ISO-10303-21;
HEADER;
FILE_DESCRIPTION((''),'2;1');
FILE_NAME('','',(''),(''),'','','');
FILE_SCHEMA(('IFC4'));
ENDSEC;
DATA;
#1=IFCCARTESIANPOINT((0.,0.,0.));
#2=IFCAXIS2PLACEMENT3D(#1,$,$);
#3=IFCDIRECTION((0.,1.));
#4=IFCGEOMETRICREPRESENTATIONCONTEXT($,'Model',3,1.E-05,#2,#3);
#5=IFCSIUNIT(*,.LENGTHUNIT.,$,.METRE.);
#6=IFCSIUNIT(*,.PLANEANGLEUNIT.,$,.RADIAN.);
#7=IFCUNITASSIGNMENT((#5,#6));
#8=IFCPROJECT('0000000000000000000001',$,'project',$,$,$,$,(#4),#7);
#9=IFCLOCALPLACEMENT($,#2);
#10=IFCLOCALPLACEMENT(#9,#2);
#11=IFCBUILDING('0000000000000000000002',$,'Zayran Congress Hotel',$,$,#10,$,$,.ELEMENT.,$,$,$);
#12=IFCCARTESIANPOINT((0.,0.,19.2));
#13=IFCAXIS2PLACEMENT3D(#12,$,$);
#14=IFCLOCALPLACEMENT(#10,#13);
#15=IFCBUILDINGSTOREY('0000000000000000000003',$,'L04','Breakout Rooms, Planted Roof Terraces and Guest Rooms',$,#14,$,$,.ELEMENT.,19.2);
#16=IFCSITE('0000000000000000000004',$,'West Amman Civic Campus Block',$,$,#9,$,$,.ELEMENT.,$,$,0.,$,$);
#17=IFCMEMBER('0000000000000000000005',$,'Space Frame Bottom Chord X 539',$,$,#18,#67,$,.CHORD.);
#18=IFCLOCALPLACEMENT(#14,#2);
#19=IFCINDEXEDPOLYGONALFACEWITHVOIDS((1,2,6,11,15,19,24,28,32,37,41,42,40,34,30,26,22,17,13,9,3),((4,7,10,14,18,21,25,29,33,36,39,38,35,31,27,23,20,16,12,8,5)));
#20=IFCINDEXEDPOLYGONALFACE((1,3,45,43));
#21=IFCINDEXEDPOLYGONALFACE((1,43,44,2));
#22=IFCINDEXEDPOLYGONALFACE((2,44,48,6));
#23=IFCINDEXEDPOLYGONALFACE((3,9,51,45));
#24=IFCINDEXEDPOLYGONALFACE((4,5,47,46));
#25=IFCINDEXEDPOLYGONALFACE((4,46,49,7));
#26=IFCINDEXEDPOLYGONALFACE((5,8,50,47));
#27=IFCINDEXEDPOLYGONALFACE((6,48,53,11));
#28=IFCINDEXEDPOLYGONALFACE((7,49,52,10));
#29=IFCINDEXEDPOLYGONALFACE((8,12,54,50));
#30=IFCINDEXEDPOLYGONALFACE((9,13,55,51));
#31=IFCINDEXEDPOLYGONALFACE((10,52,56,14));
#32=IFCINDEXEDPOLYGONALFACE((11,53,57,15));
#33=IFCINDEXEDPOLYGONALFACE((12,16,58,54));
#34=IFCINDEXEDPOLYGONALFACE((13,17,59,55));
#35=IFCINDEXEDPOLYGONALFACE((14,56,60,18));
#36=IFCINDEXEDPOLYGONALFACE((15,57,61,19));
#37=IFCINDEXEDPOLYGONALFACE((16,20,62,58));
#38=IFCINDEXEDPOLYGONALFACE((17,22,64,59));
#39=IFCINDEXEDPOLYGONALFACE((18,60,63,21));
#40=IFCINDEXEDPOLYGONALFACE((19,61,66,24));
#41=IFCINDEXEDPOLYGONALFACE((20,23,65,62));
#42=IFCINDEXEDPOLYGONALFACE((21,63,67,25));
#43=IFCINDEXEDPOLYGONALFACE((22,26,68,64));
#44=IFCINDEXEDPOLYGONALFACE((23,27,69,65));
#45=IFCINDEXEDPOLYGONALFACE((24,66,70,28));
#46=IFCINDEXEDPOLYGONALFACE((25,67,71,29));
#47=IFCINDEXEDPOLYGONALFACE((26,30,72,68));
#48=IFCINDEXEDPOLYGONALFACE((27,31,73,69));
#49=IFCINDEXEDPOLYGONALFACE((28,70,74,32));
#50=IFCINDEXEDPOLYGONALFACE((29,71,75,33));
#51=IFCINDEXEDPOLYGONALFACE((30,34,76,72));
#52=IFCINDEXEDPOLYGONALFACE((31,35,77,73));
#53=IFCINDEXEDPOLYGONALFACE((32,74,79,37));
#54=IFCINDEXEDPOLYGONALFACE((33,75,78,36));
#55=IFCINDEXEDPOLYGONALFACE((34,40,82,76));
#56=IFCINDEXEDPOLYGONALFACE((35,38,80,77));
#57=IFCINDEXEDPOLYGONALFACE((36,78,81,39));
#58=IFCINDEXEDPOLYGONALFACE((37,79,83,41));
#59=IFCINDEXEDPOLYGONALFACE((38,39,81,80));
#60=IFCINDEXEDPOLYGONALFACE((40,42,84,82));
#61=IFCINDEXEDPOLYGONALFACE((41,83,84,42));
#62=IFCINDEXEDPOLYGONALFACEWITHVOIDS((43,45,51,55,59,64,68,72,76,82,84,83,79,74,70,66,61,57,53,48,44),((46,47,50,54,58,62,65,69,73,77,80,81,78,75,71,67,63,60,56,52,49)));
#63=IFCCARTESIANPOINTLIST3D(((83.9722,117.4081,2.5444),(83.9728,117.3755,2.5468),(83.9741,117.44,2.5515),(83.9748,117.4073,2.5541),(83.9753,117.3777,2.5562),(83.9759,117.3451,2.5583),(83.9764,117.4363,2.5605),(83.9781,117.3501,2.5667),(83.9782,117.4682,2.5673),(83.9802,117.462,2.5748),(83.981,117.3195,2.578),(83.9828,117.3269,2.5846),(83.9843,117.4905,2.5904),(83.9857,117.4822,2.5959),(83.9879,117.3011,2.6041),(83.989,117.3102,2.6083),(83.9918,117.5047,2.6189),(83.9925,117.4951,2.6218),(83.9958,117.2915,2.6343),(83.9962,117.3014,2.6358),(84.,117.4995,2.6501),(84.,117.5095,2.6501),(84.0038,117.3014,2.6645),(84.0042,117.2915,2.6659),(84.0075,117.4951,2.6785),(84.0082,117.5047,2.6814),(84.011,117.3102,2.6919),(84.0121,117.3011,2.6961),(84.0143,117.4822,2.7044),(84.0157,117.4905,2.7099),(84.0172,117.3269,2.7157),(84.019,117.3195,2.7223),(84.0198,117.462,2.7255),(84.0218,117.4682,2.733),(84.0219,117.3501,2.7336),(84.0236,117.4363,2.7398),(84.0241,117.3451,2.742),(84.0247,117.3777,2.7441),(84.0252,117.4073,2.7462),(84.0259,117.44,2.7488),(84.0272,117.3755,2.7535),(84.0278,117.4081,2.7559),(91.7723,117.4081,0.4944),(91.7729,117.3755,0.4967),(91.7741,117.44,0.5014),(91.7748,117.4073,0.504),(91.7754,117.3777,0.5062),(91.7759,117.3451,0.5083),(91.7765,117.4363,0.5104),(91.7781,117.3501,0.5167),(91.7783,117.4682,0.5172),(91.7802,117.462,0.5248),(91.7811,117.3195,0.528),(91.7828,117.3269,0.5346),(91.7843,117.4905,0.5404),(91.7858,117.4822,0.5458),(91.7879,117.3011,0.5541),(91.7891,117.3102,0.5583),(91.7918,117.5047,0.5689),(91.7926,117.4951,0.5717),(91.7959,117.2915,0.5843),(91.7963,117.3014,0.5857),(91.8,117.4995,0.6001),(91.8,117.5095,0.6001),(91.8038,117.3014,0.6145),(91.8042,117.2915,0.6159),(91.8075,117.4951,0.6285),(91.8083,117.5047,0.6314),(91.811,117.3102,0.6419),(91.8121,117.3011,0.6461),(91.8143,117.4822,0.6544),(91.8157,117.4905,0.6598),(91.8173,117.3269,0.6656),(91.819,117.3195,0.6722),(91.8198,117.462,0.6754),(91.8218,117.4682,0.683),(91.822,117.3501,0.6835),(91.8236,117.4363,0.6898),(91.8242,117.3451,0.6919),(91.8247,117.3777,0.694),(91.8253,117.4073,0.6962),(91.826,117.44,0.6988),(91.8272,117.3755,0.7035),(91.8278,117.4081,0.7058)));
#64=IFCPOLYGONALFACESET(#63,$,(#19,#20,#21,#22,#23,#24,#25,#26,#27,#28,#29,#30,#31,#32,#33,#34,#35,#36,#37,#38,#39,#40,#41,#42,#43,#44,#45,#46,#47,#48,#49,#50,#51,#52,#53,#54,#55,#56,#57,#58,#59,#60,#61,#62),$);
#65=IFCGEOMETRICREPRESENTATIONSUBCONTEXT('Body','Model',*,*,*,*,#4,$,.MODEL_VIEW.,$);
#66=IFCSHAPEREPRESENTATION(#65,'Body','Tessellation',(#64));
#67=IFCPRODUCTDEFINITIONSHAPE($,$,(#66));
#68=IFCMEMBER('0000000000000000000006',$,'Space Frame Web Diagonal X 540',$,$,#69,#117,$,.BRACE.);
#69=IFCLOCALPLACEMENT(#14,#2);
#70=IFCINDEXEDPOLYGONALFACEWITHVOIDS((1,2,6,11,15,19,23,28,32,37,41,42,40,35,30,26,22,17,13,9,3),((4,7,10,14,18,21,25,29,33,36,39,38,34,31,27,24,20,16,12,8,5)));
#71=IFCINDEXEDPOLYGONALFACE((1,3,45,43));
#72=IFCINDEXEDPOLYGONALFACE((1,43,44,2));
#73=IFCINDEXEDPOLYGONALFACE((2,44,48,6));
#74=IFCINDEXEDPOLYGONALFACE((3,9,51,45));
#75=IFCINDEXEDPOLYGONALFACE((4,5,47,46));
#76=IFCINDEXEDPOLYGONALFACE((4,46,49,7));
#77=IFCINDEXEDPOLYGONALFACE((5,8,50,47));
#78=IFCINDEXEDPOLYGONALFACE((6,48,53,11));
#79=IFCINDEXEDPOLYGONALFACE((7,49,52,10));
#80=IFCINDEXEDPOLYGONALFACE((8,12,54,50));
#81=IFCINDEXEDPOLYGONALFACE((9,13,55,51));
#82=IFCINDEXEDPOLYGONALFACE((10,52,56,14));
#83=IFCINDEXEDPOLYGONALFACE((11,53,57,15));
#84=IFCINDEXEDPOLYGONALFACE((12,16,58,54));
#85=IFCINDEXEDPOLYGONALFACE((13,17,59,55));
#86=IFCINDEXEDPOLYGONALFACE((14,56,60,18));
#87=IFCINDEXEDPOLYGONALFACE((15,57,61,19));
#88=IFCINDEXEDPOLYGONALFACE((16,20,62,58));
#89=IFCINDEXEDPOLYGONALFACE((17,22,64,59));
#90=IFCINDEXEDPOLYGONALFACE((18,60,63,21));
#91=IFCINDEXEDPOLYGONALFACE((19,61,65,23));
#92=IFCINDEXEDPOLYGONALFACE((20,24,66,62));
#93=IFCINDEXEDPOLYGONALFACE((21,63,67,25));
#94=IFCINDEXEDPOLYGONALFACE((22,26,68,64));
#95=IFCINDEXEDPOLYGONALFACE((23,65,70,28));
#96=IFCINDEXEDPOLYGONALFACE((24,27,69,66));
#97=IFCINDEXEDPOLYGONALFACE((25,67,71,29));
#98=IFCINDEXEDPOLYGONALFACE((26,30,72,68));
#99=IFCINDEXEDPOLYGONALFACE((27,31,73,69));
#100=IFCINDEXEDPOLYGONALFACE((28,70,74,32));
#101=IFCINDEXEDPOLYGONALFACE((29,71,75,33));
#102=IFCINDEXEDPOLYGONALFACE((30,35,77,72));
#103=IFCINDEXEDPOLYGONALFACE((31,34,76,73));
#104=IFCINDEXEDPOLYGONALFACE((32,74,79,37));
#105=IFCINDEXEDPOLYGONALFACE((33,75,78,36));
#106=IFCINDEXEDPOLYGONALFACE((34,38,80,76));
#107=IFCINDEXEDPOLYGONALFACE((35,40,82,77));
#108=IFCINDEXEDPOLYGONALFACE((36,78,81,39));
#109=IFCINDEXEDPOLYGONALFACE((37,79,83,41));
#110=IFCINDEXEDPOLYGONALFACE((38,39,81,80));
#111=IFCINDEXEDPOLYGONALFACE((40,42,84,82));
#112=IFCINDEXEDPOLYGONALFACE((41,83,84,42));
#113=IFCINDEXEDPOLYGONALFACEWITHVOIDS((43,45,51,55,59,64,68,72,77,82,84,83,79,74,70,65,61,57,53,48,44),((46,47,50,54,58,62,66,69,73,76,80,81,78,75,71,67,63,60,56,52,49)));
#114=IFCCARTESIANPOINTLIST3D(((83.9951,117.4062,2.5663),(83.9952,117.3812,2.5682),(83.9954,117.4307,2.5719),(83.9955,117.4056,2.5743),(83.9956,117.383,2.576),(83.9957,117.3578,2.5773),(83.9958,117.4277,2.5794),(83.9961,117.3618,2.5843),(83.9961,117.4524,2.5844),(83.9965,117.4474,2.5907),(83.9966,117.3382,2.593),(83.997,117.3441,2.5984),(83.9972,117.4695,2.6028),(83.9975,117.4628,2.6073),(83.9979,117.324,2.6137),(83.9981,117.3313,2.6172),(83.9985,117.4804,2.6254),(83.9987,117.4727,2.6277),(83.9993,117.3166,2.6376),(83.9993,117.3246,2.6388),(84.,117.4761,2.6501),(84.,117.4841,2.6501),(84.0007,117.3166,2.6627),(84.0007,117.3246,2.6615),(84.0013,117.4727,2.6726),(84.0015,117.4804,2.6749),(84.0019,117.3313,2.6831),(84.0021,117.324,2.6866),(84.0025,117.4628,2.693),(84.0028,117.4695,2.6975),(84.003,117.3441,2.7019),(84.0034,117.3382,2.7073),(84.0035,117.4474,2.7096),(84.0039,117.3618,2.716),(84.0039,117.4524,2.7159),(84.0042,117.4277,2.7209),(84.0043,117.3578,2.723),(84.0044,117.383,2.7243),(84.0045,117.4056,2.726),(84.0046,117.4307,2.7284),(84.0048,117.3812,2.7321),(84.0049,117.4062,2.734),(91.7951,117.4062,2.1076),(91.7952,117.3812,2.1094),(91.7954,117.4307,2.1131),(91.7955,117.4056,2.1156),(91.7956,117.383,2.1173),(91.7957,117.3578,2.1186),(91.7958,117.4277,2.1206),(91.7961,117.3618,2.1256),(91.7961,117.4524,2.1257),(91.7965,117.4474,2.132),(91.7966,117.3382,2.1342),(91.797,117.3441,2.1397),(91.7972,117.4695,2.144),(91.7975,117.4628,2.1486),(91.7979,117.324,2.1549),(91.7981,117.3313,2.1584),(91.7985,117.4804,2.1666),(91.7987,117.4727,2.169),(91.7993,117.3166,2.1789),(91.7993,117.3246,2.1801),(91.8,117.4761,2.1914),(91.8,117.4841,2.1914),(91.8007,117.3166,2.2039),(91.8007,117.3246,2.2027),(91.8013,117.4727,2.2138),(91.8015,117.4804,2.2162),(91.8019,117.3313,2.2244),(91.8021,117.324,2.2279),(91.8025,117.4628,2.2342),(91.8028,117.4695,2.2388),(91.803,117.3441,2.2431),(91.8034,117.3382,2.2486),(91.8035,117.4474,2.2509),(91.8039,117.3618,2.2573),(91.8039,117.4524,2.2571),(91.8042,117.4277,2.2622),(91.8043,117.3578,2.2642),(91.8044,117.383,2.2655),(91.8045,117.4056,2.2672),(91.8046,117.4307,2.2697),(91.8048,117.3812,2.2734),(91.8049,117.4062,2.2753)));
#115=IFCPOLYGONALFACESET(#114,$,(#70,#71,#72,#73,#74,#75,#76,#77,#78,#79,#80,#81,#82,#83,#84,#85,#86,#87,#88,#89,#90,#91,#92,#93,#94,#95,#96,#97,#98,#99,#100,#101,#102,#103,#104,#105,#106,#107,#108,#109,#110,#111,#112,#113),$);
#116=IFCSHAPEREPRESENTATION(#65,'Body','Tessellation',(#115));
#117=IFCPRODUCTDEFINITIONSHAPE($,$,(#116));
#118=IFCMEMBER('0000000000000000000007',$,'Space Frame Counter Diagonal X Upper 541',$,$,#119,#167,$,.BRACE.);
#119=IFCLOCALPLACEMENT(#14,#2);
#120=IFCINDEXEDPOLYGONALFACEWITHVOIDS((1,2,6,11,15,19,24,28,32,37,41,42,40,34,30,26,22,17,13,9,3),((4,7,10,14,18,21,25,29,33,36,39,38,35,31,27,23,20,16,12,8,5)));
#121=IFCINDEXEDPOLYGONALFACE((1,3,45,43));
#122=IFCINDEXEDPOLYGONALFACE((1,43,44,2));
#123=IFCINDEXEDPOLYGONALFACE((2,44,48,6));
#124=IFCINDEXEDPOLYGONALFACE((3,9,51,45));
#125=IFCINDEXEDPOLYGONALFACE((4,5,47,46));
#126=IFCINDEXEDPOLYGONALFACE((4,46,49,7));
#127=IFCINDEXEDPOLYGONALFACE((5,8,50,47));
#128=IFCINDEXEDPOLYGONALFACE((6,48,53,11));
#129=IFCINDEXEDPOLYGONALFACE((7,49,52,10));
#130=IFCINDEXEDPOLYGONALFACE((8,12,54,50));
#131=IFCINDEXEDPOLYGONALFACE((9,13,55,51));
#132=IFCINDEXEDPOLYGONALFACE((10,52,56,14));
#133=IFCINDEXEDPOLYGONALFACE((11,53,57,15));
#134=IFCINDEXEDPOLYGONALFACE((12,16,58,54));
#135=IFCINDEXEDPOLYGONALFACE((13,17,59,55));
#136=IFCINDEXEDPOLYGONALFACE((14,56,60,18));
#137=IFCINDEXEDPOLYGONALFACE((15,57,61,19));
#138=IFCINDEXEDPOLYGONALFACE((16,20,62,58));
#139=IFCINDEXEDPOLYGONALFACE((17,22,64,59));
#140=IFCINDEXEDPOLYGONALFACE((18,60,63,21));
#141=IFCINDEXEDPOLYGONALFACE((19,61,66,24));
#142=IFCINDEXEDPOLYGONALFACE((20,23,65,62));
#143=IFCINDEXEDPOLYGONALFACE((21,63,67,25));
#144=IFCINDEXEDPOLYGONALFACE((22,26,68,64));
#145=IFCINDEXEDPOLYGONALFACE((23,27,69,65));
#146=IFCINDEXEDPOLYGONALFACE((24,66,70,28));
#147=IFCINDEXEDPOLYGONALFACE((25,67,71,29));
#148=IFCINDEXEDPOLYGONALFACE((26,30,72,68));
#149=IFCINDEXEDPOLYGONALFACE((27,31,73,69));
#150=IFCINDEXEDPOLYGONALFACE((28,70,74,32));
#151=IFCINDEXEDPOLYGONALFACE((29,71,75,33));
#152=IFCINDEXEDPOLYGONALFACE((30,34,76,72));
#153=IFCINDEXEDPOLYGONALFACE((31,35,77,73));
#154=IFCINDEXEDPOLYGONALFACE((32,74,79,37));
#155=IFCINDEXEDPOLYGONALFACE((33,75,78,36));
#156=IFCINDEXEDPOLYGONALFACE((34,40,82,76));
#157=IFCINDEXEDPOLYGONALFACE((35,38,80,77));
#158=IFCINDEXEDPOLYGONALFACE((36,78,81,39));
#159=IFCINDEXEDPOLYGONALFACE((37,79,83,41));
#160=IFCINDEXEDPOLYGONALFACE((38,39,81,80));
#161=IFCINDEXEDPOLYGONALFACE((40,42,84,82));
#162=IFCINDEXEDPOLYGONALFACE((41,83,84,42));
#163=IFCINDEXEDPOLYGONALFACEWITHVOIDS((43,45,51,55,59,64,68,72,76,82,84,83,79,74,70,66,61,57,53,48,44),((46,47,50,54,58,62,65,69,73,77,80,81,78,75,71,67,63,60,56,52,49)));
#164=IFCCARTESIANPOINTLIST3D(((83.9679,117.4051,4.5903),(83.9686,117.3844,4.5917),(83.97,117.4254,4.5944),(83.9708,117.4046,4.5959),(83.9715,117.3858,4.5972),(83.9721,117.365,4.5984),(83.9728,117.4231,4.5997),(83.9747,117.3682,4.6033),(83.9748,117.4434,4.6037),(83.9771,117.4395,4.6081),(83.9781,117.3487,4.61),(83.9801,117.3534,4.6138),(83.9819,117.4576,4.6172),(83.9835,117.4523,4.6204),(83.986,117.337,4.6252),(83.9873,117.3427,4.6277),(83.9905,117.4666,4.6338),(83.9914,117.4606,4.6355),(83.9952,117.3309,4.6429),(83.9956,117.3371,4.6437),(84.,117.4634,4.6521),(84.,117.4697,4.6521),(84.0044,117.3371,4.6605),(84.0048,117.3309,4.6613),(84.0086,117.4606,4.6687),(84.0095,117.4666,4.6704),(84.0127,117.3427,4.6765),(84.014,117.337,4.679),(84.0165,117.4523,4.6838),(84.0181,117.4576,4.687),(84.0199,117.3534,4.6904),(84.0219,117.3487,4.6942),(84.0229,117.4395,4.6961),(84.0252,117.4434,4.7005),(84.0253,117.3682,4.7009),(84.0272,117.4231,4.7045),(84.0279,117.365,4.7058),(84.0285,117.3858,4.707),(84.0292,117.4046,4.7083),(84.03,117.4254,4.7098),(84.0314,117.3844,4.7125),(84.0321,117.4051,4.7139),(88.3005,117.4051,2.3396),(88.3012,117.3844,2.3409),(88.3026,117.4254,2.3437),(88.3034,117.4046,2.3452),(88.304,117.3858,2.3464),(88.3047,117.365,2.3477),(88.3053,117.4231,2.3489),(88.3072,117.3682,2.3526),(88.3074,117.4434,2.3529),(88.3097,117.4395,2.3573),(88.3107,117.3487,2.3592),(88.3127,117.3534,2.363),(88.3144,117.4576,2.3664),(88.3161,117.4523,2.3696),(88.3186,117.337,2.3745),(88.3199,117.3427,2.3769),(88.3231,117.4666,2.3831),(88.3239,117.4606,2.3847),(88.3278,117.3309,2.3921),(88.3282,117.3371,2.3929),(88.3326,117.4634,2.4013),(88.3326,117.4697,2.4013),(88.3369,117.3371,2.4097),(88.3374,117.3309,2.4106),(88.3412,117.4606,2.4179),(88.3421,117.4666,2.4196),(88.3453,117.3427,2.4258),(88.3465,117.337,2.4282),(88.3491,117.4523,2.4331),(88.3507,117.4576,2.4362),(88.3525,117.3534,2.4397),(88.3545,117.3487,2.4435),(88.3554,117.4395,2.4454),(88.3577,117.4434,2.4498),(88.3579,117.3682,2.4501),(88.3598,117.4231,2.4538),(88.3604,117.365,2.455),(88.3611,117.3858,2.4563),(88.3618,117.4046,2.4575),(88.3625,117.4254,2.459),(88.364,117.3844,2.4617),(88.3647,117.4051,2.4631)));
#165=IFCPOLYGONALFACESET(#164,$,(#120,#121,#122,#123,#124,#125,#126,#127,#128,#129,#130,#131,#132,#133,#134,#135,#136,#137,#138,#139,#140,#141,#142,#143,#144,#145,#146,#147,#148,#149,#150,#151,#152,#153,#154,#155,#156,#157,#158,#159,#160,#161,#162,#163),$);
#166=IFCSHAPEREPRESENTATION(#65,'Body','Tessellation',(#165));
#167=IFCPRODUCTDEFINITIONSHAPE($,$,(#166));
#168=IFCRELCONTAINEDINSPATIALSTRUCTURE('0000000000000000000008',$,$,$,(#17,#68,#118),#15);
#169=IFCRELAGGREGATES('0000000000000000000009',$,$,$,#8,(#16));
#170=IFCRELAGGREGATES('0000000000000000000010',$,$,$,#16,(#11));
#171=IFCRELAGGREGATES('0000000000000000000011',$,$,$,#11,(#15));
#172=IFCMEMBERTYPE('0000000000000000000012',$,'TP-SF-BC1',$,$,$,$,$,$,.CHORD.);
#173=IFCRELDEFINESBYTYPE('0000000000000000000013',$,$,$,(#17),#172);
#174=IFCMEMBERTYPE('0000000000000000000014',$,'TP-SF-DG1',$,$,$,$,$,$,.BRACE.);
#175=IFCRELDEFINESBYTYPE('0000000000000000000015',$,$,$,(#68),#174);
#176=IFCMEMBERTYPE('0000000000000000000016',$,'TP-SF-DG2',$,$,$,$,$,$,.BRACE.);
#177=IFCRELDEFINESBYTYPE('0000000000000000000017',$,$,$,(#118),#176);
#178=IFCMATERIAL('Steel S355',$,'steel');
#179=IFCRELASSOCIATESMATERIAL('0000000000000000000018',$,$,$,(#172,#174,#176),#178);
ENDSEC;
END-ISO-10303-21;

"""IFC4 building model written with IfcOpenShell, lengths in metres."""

from ifc_helpers import new_model, si_unit, direction, frame, origin, origin_2d, place, context, subcontext, project, spatial, hollow_circle, extrude, material, material_profile, profile_set, type_object, element, save


model = new_model("IFC4")

# Units and contexts
model_context = context("Model", 3, precision=1e-05, world=origin(), true_north=direction((0.0, 1.0)))
body_context = subcontext(model_context, "Body", "Model", "MODEL_VIEW")
ifc_project = project(units=[si_unit("LENGTHUNIT", "METRE"), si_unit("PLANEANGLEUNIT", "RADIAN")], contexts=[model_context])

# Site, building, storey
site_placement = place(None, origin())
site = spatial("IfcSite", under=ifc_project, at=site_placement, Name="West Amman Civic Campus Block", CompositionType="ELEMENT", RefElevation=0.0)
building_placement = place(site_placement, origin())
building = spatial("IfcBuilding", under=site, at=building_placement, Name="Zayran Congress Hotel", CompositionType="ELEMENT")
storey_placement = place(building_placement, frame((0.0, 0.0, 19.2)))
storey = spatial("IfcBuildingStorey", under=building, at=storey_placement, Name="L04", Description="Breakout Rooms, Planted Roof Terraces and Guest Rooms", CompositionType="ELEMENT", Elevation=19.2)

# Members
ifc_material_1 = material(Name="Steel S355", Category="steel")
ifc_material_profile_1 = material_profile(ifc_material_1, hollow_circle(Radius=0.1096, WallThickness=0.01, at=origin_2d()), Name="CHS 219.1x10")
ifc_profile_set_1 = profile_set([ifc_material_profile_1], Name="Steel S355")
member_type_1 = type_object("IfcMemberType", Name="TP-SF-BC1", PredefinedType="CHORD", material=ifc_profile_set_1)
member_1_placement = place(storey_placement, frame((84.0, 117.3999, 2.6501), z_axis=(0.967154, 0.0, -0.254192), x_axis=(0.0, 1.0, 0.0)))
element("IfcMember", 1, at=member_1_placement, inside=storey, type_object=member_type_1, Name="Space Frame Bottom Chord X 539", PredefinedType="CHORD", context=body_context, shape_type="SweptSolid", body=[
    extrude(hollow_circle(Radius=0.1096, WallThickness=0.01, at=origin_2d()), origin(), (0.0, 0.0, 1.0), 8.0649),
])
ifc_material_profile_2 = material_profile(ifc_material_1, hollow_circle(Radius=0.0842, WallThickness=0.0081, at=origin_2d()), Name="CHS 168.3x8")
ifc_profile_set_2 = profile_set([ifc_material_profile_2], Name="Steel S355")
member_type_2 = type_object("IfcMemberType", Name="TP-SF-DG1", PredefinedType="BRACE", material=ifc_profile_set_2)
member_2_placement = place(storey_placement, frame((84.0, 117.3999, 2.6501), z_axis=(0.998275, 0.0, -0.058711), x_axis=(0.0, 1.0, 0.0)))
element("IfcMember", 2, at=member_2_placement, inside=storey, type_object=member_type_2, Name="Space Frame Web Diagonal X 540", PredefinedType="BRACE", context=body_context, shape_type="SweptSolid", body=[
    extrude(hollow_circle(Radius=0.0842, WallThickness=0.0081, at=origin_2d()), origin(), (0.0, 0.0, 1.0), 7.8135),
])
ifc_material_profile_3 = material_profile(ifc_material_1, hollow_circle(Radius=0.0698, WallThickness=0.0063, at=origin_2d()), Name="CHS 139.7x6.3")
ifc_profile_set_3 = profile_set([ifc_material_profile_3], Name="Steel S355")
member_type_3 = type_object("IfcMemberType", Name="TP-SF-DG2", PredefinedType="BRACE", material=ifc_profile_set_3)
member_3_placement = place(storey_placement, frame((84.0, 117.3999, 4.6521), z_axis=(0.887399, 0.0, -0.461002), x_axis=(0.0, 1.0, 0.0)))
element("IfcMember", 3, at=member_3_placement, inside=storey, type_object=member_type_3, Name="Space Frame Counter Diagonal X Upper 541", PredefinedType="BRACE", context=body_context, shape_type="SweptSolid", body=[
    extrude(hollow_circle(Radius=0.0698, WallThickness=0.0063, at=origin_2d()), origin(), (0.0, 0.0, 1.0), 4.8823),
])

save(model, "model.ifc")
